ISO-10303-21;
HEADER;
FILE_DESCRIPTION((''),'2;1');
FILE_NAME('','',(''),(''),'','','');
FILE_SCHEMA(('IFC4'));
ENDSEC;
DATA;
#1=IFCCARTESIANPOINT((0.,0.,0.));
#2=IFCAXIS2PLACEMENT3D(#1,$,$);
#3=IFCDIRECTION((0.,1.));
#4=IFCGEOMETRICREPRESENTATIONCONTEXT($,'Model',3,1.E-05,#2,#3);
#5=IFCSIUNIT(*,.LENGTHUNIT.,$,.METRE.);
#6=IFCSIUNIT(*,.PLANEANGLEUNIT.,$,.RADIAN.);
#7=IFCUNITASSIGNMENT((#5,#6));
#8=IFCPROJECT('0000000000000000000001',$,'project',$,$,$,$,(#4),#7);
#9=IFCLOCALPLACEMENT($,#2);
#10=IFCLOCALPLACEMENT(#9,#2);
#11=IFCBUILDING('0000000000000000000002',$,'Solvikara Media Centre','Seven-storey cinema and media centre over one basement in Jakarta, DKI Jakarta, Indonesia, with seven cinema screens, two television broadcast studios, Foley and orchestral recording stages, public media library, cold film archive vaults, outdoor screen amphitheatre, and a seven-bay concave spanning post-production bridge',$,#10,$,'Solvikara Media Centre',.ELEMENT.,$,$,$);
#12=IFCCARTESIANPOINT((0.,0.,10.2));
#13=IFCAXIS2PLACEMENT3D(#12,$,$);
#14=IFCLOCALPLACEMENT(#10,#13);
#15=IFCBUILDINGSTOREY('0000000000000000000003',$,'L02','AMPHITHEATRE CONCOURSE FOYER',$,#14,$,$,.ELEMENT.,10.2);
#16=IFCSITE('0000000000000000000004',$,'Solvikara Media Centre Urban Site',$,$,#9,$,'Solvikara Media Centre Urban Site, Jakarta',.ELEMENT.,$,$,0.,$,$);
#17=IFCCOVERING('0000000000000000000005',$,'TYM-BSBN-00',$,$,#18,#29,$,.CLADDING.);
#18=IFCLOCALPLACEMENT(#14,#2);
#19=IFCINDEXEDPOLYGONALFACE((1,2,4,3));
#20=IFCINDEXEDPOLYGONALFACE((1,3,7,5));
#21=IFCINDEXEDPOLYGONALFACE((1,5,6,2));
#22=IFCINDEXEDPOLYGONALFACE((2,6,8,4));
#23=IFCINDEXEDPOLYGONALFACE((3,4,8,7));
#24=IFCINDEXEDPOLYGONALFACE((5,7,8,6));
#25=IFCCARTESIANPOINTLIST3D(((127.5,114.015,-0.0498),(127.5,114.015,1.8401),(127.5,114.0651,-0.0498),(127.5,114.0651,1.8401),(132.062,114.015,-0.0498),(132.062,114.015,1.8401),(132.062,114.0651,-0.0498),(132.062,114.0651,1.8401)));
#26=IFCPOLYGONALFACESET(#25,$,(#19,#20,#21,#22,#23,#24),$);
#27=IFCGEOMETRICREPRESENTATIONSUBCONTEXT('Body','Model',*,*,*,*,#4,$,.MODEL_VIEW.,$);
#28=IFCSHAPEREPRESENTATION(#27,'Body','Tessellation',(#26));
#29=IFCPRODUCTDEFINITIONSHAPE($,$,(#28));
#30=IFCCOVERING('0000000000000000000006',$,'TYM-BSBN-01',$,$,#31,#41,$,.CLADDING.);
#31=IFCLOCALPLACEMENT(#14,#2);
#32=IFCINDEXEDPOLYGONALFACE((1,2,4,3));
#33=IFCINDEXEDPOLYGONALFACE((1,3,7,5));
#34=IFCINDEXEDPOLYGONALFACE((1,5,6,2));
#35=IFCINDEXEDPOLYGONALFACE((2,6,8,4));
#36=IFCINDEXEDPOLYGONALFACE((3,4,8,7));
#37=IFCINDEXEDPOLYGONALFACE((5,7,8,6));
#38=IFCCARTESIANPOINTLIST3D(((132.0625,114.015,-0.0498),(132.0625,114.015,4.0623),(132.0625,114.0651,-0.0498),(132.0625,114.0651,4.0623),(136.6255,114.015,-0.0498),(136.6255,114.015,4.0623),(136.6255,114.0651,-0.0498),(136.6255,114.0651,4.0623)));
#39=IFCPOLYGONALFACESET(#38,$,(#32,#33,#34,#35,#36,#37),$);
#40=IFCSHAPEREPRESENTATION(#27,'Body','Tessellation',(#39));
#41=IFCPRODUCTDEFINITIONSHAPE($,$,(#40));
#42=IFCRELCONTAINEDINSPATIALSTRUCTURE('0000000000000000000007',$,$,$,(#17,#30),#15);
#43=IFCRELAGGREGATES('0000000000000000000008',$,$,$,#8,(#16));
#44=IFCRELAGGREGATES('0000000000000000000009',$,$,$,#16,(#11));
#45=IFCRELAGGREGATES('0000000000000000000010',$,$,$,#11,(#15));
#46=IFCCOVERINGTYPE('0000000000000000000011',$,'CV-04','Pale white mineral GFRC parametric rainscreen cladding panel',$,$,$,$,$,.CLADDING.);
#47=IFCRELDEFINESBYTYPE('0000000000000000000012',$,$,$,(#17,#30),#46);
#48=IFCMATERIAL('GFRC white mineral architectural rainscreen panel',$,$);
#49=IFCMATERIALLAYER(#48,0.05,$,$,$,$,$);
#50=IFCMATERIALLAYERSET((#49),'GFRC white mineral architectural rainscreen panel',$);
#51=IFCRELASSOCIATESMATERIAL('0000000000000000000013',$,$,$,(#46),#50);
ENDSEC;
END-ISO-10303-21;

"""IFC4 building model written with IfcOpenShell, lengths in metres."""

from ifc_helpers import new_model, si_unit, direction, frame, origin, origin_2d, place, context, subcontext, project, spatial, rectangle, extrude, material, layer, layer_set, type_object, element, save


model = new_model("IFC4")

# Units and contexts
model_context = context("Model", 3, precision=1e-05, world=origin(), true_north=direction((0.0, 1.0)))
body_context = subcontext(model_context, "Body", "Model", "MODEL_VIEW")
ifc_project = project(units=[si_unit("LENGTHUNIT", "METRE"), si_unit("PLANEANGLEUNIT", "RADIAN")], contexts=[model_context])

# Site, building, storey
site_placement = place(None, origin())
site = spatial("IfcSite", under=ifc_project, at=site_placement, Name="Solvikara Media Centre Urban Site", LongName="Solvikara Media Centre Urban Site, Jakarta", CompositionType="ELEMENT", RefElevation=0.0)
building_placement = place(site_placement, origin())
building = spatial("IfcBuilding", under=site, at=building_placement, Name="Solvikara Media Centre", Description="Seven-storey cinema and media centre over one basement in Jakarta, DKI Jakarta, Indonesia, with seven cinema screens, two television broadcast studios, Foley and orchestral recording stages, public media library, cold film archive vaults, outdoor screen amphitheatre, and a seven-bay concave spanning post-production bridge", LongName="Solvikara Media Centre", CompositionType="ELEMENT")
storey_placement = place(building_placement, frame((0.0, 0.0, 10.2)))
storey = spatial("IfcBuildingStorey", under=building, at=storey_placement, Name="L02", Description="AMPHITHEATRE CONCOURSE FOYER", CompositionType="ELEMENT", Elevation=10.2)

# Coverings
ifc_material_1 = material(Name="GFRC white mineral architectural rainscreen panel")
ifc_layer_1 = layer(ifc_material_1, 0.05)
ifc_layer_set_1 = layer_set([ifc_layer_1], Name="GFRC white mineral architectural rainscreen panel")
covering_type_1 = type_object("IfcCoveringType", Name="CV-04", Description="Pale white mineral GFRC parametric rainscreen cladding panel", PredefinedType="CLADDING", material=ifc_layer_set_1)
covering_1_placement = place(storey_placement, frame((129.781, 114.04, -0.0498), z_axis=(0.0, 0.0, 1.0), x_axis=(1.0, 0.0, 0.0)))
element("IfcCovering", 1, at=covering_1_placement, inside=storey, type_object=covering_type_1, Name="TYM-BSBN-00", PredefinedType="CLADDING", context=body_context, shape_type="SweptSolid", body=[
    extrude(rectangle(XDim=4.562, YDim=0.05, at=origin_2d()), origin(), (0.0, 0.0, 1.0), 1.8899),
])
covering_2_placement = place(storey_placement, frame((134.344, 114.04, -0.0498), z_axis=(0.0, 0.0, 1.0), x_axis=(1.0, 0.0, 0.0)))
element("IfcCovering", 2, at=covering_2_placement, inside=storey, type_object=covering_type_1, Name="TYM-BSBN-01", PredefinedType="CLADDING", context=body_context, shape_type="SweptSolid", body=[
    extrude(rectangle(XDim=4.563, YDim=0.05, at=origin_2d()), origin(), (0.0, 0.0, 1.0), 4.1121),
])

save(model, "model.ifc")
